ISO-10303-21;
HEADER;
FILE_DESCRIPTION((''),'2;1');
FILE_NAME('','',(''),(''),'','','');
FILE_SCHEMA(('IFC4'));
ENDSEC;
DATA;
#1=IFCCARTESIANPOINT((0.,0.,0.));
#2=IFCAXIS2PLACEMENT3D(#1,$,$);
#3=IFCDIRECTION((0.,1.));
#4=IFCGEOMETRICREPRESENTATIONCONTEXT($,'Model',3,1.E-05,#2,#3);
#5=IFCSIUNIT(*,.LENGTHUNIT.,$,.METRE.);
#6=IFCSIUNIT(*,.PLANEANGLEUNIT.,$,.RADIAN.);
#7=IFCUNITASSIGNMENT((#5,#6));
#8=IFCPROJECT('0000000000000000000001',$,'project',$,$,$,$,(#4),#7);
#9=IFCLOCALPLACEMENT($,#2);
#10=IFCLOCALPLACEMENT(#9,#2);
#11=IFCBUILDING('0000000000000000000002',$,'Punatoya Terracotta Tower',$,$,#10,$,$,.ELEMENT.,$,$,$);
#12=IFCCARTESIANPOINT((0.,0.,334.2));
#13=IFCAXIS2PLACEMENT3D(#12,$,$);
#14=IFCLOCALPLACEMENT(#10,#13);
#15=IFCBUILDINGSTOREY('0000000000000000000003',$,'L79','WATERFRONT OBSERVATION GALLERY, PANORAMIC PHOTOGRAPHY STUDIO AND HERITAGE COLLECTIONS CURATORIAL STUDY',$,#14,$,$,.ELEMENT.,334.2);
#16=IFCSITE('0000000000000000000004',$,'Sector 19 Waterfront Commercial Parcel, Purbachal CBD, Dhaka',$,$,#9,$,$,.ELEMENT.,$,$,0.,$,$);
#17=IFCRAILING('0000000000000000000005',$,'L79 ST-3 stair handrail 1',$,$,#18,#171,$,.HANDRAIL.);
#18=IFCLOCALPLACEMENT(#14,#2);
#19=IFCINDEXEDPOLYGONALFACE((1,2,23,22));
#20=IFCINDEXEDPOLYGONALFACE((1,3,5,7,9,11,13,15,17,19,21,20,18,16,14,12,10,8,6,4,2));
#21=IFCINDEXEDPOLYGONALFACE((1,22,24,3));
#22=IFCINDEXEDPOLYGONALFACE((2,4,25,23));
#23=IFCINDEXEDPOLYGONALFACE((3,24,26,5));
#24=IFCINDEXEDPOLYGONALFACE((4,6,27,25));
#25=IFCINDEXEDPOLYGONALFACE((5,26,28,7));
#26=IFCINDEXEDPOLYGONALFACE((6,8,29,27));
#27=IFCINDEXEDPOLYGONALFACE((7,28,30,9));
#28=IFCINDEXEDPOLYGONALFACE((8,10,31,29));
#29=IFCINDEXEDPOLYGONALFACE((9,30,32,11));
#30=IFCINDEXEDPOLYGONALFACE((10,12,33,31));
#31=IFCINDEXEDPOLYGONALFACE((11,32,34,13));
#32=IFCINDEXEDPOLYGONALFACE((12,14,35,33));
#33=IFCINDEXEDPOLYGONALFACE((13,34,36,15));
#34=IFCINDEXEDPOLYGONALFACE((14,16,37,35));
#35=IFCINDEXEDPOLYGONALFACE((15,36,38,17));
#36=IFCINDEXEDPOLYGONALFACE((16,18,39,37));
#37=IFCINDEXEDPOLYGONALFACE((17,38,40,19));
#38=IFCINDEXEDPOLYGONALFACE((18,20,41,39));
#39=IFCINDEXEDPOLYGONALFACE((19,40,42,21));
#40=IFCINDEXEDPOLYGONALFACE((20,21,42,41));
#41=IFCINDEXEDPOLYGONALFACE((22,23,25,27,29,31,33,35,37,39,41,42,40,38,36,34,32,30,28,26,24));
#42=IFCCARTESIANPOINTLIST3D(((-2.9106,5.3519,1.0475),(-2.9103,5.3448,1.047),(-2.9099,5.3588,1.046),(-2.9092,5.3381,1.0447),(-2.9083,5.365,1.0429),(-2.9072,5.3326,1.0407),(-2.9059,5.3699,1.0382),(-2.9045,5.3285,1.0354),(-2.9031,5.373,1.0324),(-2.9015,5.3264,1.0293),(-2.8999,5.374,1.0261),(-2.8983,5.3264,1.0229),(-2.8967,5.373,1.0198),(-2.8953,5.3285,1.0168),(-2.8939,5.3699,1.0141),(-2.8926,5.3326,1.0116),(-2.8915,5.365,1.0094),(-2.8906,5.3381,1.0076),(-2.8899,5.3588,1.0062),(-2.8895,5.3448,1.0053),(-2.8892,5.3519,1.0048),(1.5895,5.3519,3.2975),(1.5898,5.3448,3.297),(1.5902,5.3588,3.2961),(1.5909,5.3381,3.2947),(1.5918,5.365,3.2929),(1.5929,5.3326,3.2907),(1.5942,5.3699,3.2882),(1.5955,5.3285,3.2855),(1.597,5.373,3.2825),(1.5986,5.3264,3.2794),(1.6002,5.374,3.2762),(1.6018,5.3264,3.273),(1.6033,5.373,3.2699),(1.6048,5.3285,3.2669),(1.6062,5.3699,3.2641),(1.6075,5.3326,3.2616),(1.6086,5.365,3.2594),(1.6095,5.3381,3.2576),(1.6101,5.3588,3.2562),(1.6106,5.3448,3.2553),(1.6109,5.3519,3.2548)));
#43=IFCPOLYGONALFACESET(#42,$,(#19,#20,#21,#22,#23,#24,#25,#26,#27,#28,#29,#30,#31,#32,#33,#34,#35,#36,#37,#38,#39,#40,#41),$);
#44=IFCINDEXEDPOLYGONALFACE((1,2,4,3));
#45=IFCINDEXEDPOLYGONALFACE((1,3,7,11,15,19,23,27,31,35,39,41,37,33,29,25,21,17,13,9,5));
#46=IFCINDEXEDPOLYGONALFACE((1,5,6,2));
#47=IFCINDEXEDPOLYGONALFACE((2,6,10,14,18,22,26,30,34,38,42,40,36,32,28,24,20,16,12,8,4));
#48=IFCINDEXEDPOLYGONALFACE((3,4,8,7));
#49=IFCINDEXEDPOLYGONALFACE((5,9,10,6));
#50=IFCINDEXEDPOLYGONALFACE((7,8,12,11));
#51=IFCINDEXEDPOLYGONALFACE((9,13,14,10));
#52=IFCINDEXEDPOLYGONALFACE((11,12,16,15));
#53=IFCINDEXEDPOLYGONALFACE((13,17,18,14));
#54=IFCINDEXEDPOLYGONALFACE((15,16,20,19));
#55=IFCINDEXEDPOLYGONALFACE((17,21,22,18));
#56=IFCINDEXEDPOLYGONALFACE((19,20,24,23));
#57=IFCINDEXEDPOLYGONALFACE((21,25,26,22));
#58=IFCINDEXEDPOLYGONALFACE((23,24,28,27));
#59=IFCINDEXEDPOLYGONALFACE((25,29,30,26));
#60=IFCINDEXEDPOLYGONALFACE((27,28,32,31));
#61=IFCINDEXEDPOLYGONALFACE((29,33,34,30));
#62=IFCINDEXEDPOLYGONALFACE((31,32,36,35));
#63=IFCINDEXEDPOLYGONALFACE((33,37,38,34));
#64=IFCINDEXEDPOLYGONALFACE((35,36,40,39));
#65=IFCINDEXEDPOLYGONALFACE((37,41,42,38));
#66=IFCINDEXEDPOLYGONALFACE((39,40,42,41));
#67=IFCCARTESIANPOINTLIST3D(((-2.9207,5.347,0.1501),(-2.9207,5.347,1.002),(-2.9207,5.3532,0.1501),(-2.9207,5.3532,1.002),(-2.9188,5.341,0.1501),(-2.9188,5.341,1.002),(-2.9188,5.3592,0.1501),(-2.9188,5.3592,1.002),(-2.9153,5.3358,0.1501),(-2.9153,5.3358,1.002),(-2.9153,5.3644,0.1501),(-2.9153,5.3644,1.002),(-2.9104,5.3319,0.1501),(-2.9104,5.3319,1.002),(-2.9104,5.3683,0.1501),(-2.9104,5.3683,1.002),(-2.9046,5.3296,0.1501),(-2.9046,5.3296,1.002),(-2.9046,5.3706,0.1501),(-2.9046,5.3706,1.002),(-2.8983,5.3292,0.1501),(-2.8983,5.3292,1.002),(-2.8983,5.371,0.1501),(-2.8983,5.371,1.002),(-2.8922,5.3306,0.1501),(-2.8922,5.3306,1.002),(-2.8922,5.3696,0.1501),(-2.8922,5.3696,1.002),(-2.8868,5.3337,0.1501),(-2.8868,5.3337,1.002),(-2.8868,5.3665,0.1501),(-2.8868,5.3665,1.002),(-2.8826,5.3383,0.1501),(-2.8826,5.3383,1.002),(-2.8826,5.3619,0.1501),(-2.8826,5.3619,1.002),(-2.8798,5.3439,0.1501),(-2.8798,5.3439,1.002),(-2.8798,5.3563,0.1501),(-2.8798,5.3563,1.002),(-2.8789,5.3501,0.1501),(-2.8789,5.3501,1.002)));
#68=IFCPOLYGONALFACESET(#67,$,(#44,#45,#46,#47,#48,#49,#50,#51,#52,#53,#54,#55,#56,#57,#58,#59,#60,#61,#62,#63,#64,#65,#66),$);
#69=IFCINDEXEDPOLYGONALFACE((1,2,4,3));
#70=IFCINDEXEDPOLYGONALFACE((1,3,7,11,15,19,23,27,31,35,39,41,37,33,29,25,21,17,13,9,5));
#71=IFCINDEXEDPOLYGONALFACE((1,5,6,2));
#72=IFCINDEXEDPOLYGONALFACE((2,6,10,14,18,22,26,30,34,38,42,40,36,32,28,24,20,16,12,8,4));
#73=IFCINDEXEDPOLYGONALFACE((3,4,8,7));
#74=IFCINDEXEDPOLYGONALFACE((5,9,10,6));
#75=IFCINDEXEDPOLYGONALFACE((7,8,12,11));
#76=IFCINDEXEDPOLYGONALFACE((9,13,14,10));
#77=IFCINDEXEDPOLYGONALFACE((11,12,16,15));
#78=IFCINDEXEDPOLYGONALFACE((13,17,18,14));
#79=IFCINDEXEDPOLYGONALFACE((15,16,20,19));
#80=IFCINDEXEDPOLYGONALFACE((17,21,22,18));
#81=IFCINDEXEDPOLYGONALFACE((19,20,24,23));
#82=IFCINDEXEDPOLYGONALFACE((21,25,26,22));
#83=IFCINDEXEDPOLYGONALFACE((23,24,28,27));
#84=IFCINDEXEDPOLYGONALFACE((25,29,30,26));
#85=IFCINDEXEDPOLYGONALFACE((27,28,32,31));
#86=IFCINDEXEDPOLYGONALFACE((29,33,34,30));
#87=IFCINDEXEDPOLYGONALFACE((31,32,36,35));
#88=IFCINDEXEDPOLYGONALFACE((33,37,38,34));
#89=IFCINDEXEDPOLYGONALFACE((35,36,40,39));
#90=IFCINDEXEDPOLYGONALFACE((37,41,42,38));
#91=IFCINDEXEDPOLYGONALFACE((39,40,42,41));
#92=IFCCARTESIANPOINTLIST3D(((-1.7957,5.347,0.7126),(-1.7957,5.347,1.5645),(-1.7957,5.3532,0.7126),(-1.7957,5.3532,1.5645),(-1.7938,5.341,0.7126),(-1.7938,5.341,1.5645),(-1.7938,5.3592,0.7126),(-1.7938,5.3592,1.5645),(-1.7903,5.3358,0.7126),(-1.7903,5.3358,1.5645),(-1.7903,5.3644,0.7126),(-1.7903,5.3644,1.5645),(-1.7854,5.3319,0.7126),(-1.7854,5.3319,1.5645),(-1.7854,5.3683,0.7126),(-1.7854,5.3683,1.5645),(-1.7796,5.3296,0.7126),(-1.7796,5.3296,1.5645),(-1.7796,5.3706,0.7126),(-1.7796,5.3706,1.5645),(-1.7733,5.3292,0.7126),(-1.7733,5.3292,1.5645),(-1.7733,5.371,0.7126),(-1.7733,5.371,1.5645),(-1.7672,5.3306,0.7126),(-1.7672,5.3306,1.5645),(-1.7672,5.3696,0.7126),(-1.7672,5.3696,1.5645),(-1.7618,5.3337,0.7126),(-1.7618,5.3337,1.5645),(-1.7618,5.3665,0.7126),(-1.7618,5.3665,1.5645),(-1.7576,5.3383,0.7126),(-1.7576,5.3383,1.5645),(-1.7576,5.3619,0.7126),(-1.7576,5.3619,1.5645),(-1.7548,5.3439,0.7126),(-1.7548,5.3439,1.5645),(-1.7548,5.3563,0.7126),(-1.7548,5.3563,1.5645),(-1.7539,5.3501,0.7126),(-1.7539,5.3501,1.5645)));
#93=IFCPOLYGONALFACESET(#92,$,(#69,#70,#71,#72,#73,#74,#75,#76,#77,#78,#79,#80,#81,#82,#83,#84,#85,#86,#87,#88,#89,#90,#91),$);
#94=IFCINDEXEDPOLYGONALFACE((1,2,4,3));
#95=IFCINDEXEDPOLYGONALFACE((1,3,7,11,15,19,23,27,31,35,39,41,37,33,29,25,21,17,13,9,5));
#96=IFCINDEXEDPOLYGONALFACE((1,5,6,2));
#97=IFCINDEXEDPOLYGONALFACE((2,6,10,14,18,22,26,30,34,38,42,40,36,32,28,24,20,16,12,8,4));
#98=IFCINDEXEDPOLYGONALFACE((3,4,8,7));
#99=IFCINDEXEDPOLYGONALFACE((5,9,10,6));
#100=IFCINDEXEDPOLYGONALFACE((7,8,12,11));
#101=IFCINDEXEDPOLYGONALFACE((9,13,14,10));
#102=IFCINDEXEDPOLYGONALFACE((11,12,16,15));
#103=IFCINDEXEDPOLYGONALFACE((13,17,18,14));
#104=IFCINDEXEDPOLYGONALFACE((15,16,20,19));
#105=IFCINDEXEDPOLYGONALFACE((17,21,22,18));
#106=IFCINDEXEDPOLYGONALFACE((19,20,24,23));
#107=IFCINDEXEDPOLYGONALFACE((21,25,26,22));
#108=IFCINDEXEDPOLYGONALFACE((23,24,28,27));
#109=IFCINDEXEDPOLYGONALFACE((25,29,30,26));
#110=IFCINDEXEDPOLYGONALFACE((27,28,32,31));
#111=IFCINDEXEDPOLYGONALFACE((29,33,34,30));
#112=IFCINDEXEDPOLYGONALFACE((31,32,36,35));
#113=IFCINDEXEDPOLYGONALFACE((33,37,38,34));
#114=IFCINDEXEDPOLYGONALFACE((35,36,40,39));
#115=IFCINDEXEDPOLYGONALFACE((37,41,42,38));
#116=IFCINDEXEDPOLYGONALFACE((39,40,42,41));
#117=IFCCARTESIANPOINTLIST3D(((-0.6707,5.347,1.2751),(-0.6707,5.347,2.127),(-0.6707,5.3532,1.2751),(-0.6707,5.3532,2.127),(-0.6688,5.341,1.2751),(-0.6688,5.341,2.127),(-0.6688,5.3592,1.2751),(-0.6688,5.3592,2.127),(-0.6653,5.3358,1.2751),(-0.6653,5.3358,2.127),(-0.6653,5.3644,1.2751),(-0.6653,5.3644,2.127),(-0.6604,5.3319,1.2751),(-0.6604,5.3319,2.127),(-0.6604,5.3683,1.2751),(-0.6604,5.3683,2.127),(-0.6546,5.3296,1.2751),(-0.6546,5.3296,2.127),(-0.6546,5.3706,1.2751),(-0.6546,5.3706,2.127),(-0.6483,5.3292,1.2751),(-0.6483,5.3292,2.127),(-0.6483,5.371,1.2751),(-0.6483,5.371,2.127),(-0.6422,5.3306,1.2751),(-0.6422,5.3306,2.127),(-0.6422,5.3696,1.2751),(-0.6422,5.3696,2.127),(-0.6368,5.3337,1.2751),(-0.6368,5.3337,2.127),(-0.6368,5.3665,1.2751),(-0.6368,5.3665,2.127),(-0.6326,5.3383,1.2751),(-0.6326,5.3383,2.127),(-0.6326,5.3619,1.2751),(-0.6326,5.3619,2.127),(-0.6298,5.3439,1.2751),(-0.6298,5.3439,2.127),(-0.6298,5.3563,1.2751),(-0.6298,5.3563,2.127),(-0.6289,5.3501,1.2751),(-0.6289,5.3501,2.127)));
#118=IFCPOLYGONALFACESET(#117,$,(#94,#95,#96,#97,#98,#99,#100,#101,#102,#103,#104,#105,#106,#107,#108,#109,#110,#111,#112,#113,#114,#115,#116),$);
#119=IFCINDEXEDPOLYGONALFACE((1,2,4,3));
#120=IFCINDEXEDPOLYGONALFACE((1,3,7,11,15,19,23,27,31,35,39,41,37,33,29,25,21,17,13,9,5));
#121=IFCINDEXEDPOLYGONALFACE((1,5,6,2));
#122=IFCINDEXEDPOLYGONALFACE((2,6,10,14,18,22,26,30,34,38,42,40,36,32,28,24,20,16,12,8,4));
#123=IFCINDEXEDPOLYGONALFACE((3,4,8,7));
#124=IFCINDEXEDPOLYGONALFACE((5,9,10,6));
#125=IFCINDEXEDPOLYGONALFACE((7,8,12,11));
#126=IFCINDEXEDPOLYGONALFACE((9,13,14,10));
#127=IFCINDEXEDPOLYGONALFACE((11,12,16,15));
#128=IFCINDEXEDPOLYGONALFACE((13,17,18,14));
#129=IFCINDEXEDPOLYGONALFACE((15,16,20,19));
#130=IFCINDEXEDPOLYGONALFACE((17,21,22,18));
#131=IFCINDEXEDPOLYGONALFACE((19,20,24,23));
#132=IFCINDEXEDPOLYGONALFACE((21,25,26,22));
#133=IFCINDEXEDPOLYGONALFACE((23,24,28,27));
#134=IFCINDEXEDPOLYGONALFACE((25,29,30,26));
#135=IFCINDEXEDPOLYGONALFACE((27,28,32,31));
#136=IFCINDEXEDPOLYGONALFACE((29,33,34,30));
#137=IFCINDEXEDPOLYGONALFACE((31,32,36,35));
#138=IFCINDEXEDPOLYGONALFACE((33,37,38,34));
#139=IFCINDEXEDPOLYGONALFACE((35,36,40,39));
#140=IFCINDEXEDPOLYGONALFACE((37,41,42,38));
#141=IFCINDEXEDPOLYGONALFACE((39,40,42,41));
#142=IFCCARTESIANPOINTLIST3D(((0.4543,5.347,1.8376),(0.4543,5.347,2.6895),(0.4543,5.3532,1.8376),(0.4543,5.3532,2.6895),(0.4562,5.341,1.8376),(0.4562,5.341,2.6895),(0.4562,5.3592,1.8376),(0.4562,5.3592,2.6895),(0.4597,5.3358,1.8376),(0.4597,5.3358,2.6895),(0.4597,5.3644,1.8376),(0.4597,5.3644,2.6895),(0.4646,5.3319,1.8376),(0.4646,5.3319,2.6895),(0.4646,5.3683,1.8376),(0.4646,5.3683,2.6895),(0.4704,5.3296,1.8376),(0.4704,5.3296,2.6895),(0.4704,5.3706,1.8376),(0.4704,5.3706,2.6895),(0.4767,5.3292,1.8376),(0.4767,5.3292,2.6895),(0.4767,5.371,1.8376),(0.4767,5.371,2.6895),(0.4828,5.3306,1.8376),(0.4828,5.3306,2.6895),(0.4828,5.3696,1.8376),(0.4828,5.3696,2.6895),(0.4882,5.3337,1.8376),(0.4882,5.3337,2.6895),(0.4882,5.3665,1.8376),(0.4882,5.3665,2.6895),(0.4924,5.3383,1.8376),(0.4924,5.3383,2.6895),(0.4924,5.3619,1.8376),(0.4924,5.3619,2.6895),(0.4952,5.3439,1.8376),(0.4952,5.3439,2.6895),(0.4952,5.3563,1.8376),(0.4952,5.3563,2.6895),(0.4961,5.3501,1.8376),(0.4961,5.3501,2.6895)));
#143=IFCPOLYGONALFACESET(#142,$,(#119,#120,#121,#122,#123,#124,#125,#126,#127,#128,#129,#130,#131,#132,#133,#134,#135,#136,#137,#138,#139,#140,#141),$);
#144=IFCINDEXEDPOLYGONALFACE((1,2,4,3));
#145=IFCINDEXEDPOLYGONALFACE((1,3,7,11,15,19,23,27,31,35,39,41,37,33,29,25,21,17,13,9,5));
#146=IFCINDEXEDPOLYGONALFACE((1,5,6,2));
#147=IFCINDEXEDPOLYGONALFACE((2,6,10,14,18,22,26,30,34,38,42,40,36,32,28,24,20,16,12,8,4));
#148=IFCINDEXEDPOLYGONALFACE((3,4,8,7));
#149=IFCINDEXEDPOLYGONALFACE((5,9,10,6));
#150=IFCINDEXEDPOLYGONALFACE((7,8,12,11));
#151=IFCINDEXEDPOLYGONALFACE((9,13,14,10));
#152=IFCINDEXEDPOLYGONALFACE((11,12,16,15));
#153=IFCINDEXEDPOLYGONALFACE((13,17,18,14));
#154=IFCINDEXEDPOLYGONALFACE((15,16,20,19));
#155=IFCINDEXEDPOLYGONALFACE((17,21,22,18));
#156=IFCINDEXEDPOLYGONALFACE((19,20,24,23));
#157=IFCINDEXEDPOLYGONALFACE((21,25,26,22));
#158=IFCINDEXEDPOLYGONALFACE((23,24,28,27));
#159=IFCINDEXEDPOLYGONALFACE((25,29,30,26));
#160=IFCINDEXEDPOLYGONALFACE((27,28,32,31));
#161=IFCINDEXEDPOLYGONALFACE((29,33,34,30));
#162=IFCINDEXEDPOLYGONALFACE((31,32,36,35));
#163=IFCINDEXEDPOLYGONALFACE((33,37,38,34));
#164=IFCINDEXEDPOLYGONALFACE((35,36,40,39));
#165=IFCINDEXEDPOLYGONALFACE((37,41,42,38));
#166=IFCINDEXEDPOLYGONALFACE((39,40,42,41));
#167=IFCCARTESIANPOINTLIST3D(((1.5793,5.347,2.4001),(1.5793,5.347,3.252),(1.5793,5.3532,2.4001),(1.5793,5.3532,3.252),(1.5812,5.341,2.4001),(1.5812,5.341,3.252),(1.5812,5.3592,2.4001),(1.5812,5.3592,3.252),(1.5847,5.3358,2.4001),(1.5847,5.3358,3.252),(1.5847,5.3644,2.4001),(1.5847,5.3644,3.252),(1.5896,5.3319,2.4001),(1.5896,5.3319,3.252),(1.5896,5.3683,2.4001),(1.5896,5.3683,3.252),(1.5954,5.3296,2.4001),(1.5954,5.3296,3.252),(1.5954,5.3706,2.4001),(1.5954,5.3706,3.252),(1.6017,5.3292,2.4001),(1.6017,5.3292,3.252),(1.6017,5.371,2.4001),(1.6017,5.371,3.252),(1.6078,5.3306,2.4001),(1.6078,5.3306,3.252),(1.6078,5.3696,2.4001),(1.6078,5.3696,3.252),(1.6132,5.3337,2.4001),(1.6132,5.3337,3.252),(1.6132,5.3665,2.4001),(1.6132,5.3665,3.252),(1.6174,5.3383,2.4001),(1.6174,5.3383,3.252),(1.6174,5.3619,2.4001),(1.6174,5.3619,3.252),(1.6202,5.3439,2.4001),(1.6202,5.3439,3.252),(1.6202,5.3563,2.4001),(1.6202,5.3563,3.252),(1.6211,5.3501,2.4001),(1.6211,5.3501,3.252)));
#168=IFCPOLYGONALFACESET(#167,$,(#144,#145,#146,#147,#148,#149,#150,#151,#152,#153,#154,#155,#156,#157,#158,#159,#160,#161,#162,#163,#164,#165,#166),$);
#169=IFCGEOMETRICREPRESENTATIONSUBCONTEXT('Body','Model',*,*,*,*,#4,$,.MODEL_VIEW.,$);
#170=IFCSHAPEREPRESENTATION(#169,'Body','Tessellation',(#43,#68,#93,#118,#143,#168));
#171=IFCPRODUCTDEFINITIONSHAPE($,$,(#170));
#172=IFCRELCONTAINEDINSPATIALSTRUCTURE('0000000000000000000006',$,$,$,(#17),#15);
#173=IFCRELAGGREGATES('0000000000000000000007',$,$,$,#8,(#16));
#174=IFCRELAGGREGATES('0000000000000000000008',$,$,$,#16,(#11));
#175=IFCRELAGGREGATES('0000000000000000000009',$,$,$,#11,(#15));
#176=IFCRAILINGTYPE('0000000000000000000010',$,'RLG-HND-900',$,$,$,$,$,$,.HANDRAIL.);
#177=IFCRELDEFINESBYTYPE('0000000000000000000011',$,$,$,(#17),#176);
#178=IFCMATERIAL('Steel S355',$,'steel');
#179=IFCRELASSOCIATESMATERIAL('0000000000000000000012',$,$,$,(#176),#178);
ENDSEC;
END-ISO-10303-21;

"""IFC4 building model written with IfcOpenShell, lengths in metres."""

from ifc_helpers import new_model, si_unit, direction, frame, origin, origin_2d, place, context, subcontext, project, spatial, circle, extrude, material, type_object, element, save


model = new_model("IFC4")

# Units and contexts
model_context = context("Model", 3, precision=1e-05, world=origin(), true_north=direction((0.0, 1.0)))
body_context = subcontext(model_context, "Body", "Model", "MODEL_VIEW")
ifc_project = project(units=[si_unit("LENGTHUNIT", "METRE"), si_unit("PLANEANGLEUNIT", "RADIAN")], contexts=[model_context])

# Site, building, storey
site_placement = place(None, origin())
site = spatial("IfcSite", under=ifc_project, at=site_placement, Name="Sector 19 Waterfront Commercial Parcel, Purbachal CBD, Dhaka", CompositionType="ELEMENT", RefElevation=0.0)
building_placement = place(site_placement, origin())
building = spatial("IfcBuilding", under=site, at=building_placement, Name="Punatoya Terracotta Tower", CompositionType="ELEMENT")
storey_placement = place(building_placement, frame((0.0, 0.0, 334.2)))
storey = spatial("IfcBuildingStorey", under=building, at=storey_placement, Name="L79", Description="WATERFRONT OBSERVATION GALLERY, PANORAMIC PHOTOGRAPHY STUDIO AND HERITAGE COLLECTIONS CURATORIAL STUDY", CompositionType="ELEMENT", Elevation=334.2)

# Shared definitions
ifc_material_1 = material(Name="Steel S355", Category="steel")

# Railing
railing_type_1 = type_object("IfcRailingType", Name="RLG-HND-900", PredefinedType="HANDRAIL", material=ifc_material_1)
railing_1_placement = place(storey_placement, frame((-2.8999, 5.3501, 0.1501)))
element("IfcRailing", 1, at=railing_1_placement, inside=storey, type_object=railing_type_1, Name="L79 ST-3 stair handrail 1", PredefinedType="HANDRAIL", context=body_context, shape_type="SweptSolid", body=[
    extrude(circle(Radius=0.0239, at=origin_2d()), frame((0.0, 0.0, 0.876), z_axis=(0.894427, 0.0, 0.447214), x_axis=(0.0, 1.0, 0.0)), (0.0, 0.0, 1.0), 5.0312),
    extrude(circle(Radius=0.021, at=origin_2d()), origin(), (0.0, 0.0, 1.0), 0.8518),
    extrude(circle(Radius=0.021, at=origin_2d()), frame((1.125, 0.0, 0.5625)), (0.0, 0.0, 1.0), 0.8518),
    extrude(circle(Radius=0.021, at=origin_2d()), frame((2.25, 0.0, 1.125)), (0.0, 0.0, 1.0), 0.8518),
    extrude(circle(Radius=0.021, at=origin_2d()), frame((3.375, 0.0, 1.6875)), (0.0, 0.0, 1.0), 0.8518),
    extrude(circle(Radius=0.021, at=origin_2d()), frame((4.5, 0.0, 2.25)), (0.0, 0.0, 1.0), 0.8518),
])

save(model, "model.ifc")
